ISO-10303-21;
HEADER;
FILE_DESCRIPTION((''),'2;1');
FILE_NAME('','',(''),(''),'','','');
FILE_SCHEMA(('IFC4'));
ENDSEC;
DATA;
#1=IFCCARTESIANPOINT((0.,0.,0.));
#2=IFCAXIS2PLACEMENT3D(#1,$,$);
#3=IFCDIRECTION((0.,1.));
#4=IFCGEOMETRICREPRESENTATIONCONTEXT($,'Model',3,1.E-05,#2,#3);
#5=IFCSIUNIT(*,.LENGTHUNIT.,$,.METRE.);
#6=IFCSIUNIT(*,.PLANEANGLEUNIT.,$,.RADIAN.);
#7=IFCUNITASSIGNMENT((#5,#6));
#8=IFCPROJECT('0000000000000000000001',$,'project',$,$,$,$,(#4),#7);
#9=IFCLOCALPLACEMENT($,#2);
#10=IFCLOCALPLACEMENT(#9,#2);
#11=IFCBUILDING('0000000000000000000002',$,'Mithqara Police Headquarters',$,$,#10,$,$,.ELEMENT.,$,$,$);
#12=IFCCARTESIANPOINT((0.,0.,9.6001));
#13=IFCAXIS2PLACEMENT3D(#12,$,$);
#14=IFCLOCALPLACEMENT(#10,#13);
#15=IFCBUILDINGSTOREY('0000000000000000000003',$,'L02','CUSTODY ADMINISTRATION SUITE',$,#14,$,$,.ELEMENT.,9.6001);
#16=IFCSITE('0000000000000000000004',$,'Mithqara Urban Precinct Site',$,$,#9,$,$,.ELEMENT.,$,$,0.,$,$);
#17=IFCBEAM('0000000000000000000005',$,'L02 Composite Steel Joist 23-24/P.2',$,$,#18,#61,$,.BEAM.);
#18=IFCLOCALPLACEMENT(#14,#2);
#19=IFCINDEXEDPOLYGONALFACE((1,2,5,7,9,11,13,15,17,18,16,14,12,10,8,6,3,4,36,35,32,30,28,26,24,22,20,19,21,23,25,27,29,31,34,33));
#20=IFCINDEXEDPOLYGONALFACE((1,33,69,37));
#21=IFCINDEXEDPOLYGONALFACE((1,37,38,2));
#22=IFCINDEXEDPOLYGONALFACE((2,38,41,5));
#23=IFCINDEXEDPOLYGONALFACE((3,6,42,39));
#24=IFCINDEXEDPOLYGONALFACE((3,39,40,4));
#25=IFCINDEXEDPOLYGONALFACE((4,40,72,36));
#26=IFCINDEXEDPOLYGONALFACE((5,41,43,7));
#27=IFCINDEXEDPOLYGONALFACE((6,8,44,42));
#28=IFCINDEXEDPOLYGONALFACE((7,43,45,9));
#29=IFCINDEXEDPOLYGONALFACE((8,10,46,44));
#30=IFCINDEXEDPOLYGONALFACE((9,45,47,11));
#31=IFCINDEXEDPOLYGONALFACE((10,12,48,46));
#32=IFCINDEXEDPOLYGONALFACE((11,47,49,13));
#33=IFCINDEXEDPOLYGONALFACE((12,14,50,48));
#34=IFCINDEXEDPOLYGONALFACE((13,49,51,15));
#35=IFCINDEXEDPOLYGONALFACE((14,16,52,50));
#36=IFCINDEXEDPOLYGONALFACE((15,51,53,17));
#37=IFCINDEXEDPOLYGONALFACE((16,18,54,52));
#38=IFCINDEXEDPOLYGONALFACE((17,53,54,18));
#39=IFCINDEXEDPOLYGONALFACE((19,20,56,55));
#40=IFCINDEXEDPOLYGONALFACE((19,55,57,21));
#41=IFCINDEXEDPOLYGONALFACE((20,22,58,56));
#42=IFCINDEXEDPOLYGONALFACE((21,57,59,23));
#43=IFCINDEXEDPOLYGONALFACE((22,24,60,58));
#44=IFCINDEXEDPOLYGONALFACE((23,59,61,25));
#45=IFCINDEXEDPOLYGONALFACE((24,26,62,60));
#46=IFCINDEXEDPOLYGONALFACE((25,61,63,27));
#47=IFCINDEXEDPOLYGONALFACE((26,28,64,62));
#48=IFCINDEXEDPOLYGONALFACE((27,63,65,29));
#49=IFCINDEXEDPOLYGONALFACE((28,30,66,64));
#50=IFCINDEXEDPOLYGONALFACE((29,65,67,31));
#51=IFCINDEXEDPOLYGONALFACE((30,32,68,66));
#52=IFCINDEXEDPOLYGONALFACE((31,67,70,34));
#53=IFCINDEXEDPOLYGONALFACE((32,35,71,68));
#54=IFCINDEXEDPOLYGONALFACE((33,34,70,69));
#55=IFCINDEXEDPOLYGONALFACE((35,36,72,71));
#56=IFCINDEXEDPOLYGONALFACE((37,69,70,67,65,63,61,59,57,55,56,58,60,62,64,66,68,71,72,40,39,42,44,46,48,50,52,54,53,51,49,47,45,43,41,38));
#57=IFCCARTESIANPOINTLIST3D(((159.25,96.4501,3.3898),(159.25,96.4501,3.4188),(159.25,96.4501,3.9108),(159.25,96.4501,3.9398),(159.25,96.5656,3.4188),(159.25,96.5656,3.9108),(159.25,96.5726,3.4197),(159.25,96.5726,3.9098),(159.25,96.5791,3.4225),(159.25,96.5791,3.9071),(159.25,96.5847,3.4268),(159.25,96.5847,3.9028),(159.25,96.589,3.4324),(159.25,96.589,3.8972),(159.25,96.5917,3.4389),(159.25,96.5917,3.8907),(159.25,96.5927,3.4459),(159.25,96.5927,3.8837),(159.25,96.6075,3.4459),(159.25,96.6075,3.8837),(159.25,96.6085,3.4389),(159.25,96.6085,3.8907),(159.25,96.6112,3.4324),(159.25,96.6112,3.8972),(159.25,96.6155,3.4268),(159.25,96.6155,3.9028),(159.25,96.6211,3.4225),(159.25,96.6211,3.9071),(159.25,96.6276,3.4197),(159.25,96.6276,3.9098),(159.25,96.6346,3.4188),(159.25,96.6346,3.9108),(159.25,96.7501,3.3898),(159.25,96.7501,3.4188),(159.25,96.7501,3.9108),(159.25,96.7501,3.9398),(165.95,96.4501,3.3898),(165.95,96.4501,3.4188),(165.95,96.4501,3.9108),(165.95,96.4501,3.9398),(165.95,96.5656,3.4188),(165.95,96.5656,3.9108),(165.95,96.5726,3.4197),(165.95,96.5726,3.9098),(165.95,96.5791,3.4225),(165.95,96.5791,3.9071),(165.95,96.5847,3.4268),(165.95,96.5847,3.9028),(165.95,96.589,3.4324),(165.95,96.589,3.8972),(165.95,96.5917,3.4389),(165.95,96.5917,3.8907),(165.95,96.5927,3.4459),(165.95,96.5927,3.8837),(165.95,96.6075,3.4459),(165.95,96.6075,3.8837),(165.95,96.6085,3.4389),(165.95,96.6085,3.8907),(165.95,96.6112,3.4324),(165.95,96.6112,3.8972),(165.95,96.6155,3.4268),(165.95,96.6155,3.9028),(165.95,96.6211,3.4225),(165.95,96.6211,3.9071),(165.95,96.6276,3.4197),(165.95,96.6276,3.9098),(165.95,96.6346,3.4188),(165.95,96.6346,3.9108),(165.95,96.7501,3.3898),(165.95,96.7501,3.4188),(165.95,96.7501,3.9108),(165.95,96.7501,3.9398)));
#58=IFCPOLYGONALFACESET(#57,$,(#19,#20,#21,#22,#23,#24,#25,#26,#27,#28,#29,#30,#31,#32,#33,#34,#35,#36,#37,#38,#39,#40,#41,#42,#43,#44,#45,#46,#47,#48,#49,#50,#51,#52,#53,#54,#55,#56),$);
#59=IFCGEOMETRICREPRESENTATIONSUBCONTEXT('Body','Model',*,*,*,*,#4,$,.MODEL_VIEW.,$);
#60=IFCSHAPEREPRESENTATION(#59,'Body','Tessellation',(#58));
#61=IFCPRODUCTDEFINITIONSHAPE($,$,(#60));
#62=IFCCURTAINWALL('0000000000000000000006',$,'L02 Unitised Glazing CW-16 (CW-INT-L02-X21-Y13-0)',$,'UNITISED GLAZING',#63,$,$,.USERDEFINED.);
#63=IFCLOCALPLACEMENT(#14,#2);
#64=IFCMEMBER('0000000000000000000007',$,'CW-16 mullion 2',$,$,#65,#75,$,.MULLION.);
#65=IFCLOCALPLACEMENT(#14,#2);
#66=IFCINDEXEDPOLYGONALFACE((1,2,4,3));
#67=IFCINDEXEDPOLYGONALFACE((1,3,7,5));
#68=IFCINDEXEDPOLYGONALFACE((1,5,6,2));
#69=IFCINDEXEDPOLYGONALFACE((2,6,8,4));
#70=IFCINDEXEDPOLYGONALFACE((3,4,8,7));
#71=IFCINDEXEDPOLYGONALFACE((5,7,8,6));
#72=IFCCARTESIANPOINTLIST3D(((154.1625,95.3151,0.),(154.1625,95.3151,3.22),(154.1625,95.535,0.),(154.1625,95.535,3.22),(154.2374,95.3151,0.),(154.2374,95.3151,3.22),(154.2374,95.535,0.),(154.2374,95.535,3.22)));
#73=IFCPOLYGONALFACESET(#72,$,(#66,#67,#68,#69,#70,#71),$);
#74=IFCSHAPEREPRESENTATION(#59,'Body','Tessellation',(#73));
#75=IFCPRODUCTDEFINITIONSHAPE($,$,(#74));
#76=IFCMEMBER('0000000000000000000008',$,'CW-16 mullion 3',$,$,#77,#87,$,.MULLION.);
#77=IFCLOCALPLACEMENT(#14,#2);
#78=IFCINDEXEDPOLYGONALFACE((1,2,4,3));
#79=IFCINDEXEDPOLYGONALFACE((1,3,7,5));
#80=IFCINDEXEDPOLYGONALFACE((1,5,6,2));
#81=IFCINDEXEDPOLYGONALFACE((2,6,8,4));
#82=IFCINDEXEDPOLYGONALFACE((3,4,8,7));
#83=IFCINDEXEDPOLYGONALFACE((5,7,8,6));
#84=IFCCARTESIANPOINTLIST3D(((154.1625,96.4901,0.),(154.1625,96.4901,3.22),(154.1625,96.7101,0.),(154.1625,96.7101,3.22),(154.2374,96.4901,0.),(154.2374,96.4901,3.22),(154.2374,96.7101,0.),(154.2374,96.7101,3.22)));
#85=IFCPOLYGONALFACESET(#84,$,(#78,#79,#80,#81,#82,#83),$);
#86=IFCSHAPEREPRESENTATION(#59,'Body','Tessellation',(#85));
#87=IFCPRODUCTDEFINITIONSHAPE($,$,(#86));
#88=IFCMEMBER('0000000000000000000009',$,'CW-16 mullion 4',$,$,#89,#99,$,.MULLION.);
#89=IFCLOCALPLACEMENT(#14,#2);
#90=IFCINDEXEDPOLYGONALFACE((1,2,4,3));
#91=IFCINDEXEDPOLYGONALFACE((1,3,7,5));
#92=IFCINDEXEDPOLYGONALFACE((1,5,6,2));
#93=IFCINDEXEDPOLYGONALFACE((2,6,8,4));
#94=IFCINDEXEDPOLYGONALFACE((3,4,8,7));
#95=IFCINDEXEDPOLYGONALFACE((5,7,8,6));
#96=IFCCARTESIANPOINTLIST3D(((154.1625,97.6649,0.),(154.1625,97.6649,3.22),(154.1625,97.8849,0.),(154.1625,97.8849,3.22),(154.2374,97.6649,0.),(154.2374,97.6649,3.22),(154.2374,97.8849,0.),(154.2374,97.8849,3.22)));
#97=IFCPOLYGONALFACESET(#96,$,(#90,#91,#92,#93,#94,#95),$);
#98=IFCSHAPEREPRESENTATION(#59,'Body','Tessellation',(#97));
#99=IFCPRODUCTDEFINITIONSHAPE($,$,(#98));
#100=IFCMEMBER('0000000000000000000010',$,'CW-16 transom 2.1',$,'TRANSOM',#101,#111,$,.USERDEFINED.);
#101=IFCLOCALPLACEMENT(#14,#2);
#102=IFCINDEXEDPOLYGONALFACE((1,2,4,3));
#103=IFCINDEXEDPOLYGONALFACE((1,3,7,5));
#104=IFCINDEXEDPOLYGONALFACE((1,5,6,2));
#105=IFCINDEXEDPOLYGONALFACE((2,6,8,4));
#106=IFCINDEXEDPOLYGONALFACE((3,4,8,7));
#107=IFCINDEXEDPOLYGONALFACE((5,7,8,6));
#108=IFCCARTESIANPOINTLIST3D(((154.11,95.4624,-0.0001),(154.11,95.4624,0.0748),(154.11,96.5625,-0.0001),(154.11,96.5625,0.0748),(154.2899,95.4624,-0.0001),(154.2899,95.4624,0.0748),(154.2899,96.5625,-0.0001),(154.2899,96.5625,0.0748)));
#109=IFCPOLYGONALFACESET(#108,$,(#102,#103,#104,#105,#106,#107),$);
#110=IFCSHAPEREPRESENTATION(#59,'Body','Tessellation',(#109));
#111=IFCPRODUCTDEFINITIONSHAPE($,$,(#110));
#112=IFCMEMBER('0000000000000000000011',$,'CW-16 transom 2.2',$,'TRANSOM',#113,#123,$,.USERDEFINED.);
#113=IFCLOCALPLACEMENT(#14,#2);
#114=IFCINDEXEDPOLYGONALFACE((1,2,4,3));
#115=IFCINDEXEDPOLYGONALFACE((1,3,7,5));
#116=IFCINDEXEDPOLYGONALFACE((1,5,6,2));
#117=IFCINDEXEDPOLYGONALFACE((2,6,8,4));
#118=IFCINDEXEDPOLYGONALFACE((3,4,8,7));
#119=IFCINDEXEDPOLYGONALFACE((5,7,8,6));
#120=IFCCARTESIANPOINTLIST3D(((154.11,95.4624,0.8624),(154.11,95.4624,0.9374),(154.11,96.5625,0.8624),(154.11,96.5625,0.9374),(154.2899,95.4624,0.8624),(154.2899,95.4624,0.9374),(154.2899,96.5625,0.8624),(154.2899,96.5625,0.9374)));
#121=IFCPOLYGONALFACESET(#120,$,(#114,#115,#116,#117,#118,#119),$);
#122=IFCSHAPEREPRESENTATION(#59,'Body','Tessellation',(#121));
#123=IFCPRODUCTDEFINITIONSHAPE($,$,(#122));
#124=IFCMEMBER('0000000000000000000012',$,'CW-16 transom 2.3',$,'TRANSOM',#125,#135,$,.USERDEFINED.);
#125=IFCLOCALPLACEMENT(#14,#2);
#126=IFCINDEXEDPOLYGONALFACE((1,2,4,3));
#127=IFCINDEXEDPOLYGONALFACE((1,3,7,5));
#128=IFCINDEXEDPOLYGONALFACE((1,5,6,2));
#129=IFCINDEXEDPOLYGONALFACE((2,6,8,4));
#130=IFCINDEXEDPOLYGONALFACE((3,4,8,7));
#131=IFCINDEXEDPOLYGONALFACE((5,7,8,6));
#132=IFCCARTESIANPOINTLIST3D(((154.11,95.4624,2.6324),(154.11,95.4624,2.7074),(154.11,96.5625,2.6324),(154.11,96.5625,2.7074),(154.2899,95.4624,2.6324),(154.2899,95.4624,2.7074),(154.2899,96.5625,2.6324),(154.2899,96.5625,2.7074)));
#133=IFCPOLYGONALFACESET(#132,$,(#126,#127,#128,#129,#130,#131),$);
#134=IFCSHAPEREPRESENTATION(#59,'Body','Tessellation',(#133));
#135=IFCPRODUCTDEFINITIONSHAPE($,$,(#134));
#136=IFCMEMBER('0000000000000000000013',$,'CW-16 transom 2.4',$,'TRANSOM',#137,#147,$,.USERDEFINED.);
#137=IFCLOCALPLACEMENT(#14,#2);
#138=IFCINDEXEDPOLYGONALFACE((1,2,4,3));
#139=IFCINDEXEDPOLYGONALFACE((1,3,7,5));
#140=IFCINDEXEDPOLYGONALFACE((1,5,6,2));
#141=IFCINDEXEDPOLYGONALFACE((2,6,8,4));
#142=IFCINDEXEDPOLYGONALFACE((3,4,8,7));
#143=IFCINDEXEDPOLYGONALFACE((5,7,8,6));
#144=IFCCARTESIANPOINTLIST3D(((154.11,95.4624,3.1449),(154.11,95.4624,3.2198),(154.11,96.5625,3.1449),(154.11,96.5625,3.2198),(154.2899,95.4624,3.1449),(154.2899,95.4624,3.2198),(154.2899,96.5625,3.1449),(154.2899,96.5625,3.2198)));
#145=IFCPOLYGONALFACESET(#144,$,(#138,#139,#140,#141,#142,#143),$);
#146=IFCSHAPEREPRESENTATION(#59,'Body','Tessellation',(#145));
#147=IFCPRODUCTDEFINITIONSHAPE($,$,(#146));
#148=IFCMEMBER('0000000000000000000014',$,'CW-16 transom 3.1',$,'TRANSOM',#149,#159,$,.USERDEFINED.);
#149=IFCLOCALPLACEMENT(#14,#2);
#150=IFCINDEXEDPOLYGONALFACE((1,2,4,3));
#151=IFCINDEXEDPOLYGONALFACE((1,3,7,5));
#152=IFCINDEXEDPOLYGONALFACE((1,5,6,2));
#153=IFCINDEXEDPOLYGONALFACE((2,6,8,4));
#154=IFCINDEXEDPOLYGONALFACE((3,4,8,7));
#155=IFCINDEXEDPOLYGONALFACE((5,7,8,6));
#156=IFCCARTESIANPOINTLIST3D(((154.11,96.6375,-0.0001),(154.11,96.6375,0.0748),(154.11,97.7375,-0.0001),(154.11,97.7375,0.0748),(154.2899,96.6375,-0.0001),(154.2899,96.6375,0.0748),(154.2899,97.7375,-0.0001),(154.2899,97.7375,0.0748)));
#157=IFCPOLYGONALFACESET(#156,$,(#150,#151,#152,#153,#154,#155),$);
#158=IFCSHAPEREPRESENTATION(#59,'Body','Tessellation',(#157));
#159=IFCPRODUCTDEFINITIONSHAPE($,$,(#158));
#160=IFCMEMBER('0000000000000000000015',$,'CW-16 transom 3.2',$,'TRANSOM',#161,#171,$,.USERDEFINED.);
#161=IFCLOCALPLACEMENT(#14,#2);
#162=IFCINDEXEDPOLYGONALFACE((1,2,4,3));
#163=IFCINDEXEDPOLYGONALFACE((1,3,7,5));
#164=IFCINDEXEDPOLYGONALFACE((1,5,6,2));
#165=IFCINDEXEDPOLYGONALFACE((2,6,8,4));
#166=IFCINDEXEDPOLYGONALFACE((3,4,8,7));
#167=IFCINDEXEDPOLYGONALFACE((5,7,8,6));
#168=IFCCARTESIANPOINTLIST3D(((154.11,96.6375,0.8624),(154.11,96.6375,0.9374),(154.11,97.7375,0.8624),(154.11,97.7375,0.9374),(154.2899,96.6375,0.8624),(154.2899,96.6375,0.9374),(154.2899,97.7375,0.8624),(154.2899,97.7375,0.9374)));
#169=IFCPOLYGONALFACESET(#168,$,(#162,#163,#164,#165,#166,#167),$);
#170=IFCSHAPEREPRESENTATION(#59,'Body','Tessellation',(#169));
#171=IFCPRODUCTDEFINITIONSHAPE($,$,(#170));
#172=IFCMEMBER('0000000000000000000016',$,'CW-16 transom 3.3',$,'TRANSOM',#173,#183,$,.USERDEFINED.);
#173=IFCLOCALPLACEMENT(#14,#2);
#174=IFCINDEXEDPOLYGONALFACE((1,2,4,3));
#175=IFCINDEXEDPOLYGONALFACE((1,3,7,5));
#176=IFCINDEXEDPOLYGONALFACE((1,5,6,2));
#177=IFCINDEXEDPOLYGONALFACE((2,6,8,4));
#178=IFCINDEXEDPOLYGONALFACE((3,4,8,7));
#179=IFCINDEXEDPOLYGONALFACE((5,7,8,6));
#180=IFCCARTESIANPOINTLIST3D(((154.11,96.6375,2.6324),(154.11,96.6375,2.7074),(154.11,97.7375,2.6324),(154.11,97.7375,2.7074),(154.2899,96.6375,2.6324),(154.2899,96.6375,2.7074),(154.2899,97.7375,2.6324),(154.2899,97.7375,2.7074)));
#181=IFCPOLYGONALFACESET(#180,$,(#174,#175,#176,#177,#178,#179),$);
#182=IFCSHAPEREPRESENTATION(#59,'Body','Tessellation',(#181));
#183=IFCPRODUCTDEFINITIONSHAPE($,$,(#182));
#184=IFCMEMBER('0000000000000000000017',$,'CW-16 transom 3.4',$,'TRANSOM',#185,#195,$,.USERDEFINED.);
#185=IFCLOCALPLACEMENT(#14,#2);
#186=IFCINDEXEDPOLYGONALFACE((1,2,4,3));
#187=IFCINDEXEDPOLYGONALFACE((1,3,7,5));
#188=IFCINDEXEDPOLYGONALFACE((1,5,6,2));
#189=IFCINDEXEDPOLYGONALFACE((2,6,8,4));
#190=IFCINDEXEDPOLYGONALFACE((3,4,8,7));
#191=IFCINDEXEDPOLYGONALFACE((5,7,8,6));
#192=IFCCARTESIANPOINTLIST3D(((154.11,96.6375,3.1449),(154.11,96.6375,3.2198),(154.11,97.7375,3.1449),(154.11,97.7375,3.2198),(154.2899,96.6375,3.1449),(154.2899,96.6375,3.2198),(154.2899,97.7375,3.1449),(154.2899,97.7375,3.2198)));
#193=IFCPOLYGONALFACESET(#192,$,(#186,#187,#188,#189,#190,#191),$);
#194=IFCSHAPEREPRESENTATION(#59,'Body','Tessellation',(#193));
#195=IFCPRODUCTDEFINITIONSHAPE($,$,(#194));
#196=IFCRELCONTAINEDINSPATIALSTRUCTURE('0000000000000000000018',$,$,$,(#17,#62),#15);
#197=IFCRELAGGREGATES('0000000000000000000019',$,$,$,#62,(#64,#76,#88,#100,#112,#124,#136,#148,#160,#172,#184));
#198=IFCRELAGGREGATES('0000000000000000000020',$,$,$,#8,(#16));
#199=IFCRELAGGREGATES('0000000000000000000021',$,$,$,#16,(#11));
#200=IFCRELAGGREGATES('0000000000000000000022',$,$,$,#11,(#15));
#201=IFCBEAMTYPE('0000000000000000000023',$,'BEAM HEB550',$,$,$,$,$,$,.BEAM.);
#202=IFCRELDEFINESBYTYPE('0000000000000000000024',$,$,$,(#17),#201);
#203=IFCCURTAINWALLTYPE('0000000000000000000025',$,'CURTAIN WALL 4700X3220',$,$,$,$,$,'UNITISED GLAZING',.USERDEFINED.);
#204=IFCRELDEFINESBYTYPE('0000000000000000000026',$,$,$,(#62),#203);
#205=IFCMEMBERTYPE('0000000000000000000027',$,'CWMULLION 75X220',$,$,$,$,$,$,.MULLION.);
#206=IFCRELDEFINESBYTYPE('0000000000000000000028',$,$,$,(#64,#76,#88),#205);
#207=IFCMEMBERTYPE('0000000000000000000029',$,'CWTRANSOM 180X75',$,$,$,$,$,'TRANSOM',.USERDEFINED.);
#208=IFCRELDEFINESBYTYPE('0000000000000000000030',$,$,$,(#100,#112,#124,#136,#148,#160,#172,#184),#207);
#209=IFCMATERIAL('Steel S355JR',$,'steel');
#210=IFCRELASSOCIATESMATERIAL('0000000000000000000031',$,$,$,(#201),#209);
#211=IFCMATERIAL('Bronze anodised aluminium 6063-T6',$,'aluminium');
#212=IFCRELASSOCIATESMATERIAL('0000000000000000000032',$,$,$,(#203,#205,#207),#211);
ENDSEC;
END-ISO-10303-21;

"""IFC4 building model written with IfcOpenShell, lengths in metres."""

from ifc_helpers import new_model, si_unit, direction, frame, origin, origin_2d, place, context, subcontext, project, spatial, rectangle, i_section, extrude, material, material_profile, profile_set, type_object, element, aggregate, save


model = new_model("IFC4")

# Units and contexts
model_context = context("Model", 3, precision=1e-05, world=origin(), true_north=direction((0.0, 1.0)))
body_context = subcontext(model_context, "Body", "Model", "MODEL_VIEW")
ifc_project = project(units=[si_unit("LENGTHUNIT", "METRE"), si_unit("PLANEANGLEUNIT", "RADIAN")], contexts=[model_context])

# Site, building, storey
site_placement = place(None, origin())
site = spatial("IfcSite", under=ifc_project, at=site_placement, Name="Mithqara Urban Precinct Site", CompositionType="ELEMENT", RefElevation=0.0)
building_placement = place(site_placement, origin())
building = spatial("IfcBuilding", under=site, at=building_placement, Name="Mithqara Police Headquarters", CompositionType="ELEMENT")
storey_placement = place(building_placement, frame((0.0, 0.0, 9.6001)))
storey = spatial("IfcBuildingStorey", under=building, at=storey_placement, Name="L02", Description="CUSTODY ADMINISTRATION SUITE", CompositionType="ELEMENT", Elevation=9.6001)

# Beam
ifc_material_1 = material(Name="Steel S355JR", Category="steel")
ifc_material_profile_1 = material_profile(ifc_material_1, i_section(OverallWidth=0.3, OverallDepth=0.55, WebThickness=0.0149, FlangeThickness=0.0291, FilletRadius=0.0271, at=origin_2d()), Name="HEB 550")
ifc_profile_set_1 = profile_set([ifc_material_profile_1], Name="Steel S355JR")
beam_type = type_object("IfcBeamType", Name="BEAM HEB550", PredefinedType="BEAM", material=ifc_profile_set_1)
beam_placement = place(storey_placement, frame((159.25, 96.6001, 3.6648), z_axis=(1.0, 0.0, 0.0), x_axis=(0.0, 1.0, 0.0)))
element("IfcBeam", 1, at=beam_placement, inside=storey, type_object=beam_type, Name="L02 Composite Steel Joist 23-24/P.2", PredefinedType="BEAM", context=body_context, shape_type="SweptSolid", body=[
    extrude(i_section(OverallWidth=0.3, OverallDepth=0.55, WebThickness=0.0149, FlangeThickness=0.0291, FilletRadius=0.0271, at=origin_2d()), origin(), (0.0, 0.0, 1.0), 6.7),
])

# Curtain wall, members
ifc_material_2 = material(Name="Bronze anodised aluminium 6063-T6", Category="aluminium")
curtain_wall_type = type_object("IfcCurtainWallType", Name="CURTAIN WALL 4700X3220", ElementType="UNITISED GLAZING", PredefinedType="USERDEFINED", material=ifc_material_2)
curtain_wall_placement = place(storey_placement, origin())
curtain_wall = element("IfcCurtainWall", 2, at=curtain_wall_placement, inside=storey, type_object=curtain_wall_type, Name="L02 Unitised Glazing CW-16 (CW-INT-L02-X21-Y13-0)", ObjectType="UNITISED GLAZING", PredefinedType="USERDEFINED")
ifc_material_profile_2 = material_profile(ifc_material_2, rectangle(XDim=0.075, YDim=0.22, at=origin_2d()), Name="CWM 75x220")
ifc_profile_set_2 = profile_set([ifc_material_profile_2], Name="Bronze anodised aluminium 6063-T6")
member_type_1 = type_object("IfcMemberType", Name="CWMULLION 75X220", PredefinedType="MULLION", material=ifc_profile_set_2)
member_1_placement = place(storey_placement, frame((154.2, 95.425, 0.0), z_axis=(0.0, 0.0, 1.0), x_axis=(-1.0, 0.0, 0.0)))
member_1 = element("IfcMember", 3, at=member_1_placement, type_object=member_type_1, Name="CW-16 mullion 2", PredefinedType="MULLION", context=body_context, shape_type="SweptSolid", body=[
    extrude(rectangle(XDim=0.075, YDim=0.22, at=origin_2d()), origin(), (0.0, 0.0, 1.0), 3.22),
])
member_2_placement = place(storey_placement, frame((154.2, 96.6001, 0.0), z_axis=(0.0, 0.0, 1.0), x_axis=(-1.0, 0.0, 0.0)))
member_2 = element("IfcMember", 4, at=member_2_placement, type_object=member_type_1, Name="CW-16 mullion 3", PredefinedType="MULLION", context=body_context, shape_type="SweptSolid", body=[
    extrude(rectangle(XDim=0.075, YDim=0.22, at=origin_2d()), origin(), (0.0, 0.0, 1.0), 3.22),
])
member_3_placement = place(storey_placement, frame((154.2, 97.7749, 0.0), z_axis=(0.0, 0.0, 1.0), x_axis=(-1.0, 0.0, 0.0)))
member_3 = element("IfcMember", 5, at=member_3_placement, type_object=member_type_1, Name="CW-16 mullion 4", PredefinedType="MULLION", context=body_context, shape_type="SweptSolid", body=[
    extrude(rectangle(XDim=0.075, YDim=0.22, at=origin_2d()), origin(), (0.0, 0.0, 1.0), 3.22),
])
ifc_material_profile_3 = material_profile(ifc_material_2, rectangle(XDim=0.1799, YDim=0.075, at=origin_2d()), Name="CWT 180x75")
ifc_profile_set_3 = profile_set([ifc_material_profile_3], Name="Bronze anodised aluminium 6063-T6")
member_type_2 = type_object("IfcMemberType", Name="CWTRANSOM 180X75", ElementType="TRANSOM", PredefinedType="USERDEFINED", material=ifc_profile_set_3)
member_4_placement = place(storey_placement, frame((154.2, 95.4624, 0.0374), z_axis=(0.0, 1.0, 0.0), x_axis=(-1.0, 0.0, 0.0)))
member_4 = element("IfcMember", 6, at=member_4_placement, type_object=member_type_2, Name="CW-16 transom 2.1", ObjectType="TRANSOM", PredefinedType="USERDEFINED", context=body_context, shape_type="SweptSolid", body=[
    extrude(rectangle(XDim=0.1799, YDim=0.075, at=origin_2d()), origin(), (0.0, 0.0, 1.0), 1.1001),
])
member_5_placement = place(storey_placement, frame((154.2, 95.4624, 0.8999), z_axis=(0.0, 1.0, 0.0), x_axis=(-1.0, 0.0, 0.0)))
member_5 = element("IfcMember", 7, at=member_5_placement, type_object=member_type_2, Name="CW-16 transom 2.2", ObjectType="TRANSOM", PredefinedType="USERDEFINED", context=body_context, shape_type="SweptSolid", body=[
    extrude(rectangle(XDim=0.1799, YDim=0.075, at=origin_2d()), origin(), (0.0, 0.0, 1.0), 1.1001),
])
member_6_placement = place(storey_placement, frame((154.2, 95.4624, 2.6699), z_axis=(0.0, 1.0, 0.0), x_axis=(-1.0, 0.0, 0.0)))
member_6 = element("IfcMember", 8, at=member_6_placement, type_object=member_type_2, Name="CW-16 transom 2.3", ObjectType="TRANSOM", PredefinedType="USERDEFINED", context=body_context, shape_type="SweptSolid", body=[
    extrude(rectangle(XDim=0.1799, YDim=0.075, at=origin_2d()), origin(), (0.0, 0.0, 1.0), 1.1001),
])
member_7_placement = place(storey_placement, frame((154.2, 95.4624, 3.1824), z_axis=(0.0, 1.0, 0.0), x_axis=(-1.0, 0.0, 0.0)))
member_7 = element("IfcMember", 9, at=member_7_placement, type_object=member_type_2, Name="CW-16 transom 2.4", ObjectType="TRANSOM", PredefinedType="USERDEFINED", context=body_context, shape_type="SweptSolid", body=[
    extrude(rectangle(XDim=0.1799, YDim=0.075, at=origin_2d()), origin(), (0.0, 0.0, 1.0), 1.1001),
])
member_8_placement = place(storey_placement, frame((154.2, 96.6375, 0.0374), z_axis=(0.0, 1.0, 0.0), x_axis=(-1.0, 0.0, 0.0)))
member_8 = element("IfcMember", 10, at=member_8_placement, type_object=member_type_2, Name="CW-16 transom 3.1", ObjectType="TRANSOM", PredefinedType="USERDEFINED", context=body_context, shape_type="SweptSolid", body=[
    extrude(rectangle(XDim=0.1799, YDim=0.075, at=origin_2d()), origin(), (0.0, 0.0, 1.0), 1.1001),
])
member_9_placement = place(storey_placement, frame((154.2, 96.6375, 0.8999), z_axis=(0.0, 1.0, 0.0), x_axis=(-1.0, 0.0, 0.0)))
member_9 = element("IfcMember", 11, at=member_9_placement, type_object=member_type_2, Name="CW-16 transom 3.2", ObjectType="TRANSOM", PredefinedType="USERDEFINED", context=body_context, shape_type="SweptSolid", body=[
    extrude(rectangle(XDim=0.1799, YDim=0.075, at=origin_2d()), origin(), (0.0, 0.0, 1.0), 1.1001),
])
member_10_placement = place(storey_placement, frame((154.2, 96.6375, 2.6699), z_axis=(0.0, 1.0, 0.0), x_axis=(-1.0, 0.0, 0.0)))
member_10 = element("IfcMember", 12, at=member_10_placement, type_object=member_type_2, Name="CW-16 transom 3.3", ObjectType="TRANSOM", PredefinedType="USERDEFINED", context=body_context, shape_type="SweptSolid", body=[
    extrude(rectangle(XDim=0.1799, YDim=0.075, at=origin_2d()), origin(), (0.0, 0.0, 1.0), 1.1001),
])
member_11_placement = place(storey_placement, frame((154.2, 96.6375, 3.1824), z_axis=(0.0, 1.0, 0.0), x_axis=(-1.0, 0.0, 0.0)))
member_11 = element("IfcMember", 13, at=member_11_placement, type_object=member_type_2, Name="CW-16 transom 3.4", ObjectType="TRANSOM", PredefinedType="USERDEFINED", context=body_context, shape_type="SweptSolid", body=[
    extrude(rectangle(XDim=0.1799, YDim=0.075, at=origin_2d()), origin(), (0.0, 0.0, 1.0), 1.1001),
])
aggregate(curtain_wall, [member_1, member_2, member_3, member_4, member_5, member_6, member_7, member_8, member_9, member_10, member_11])

save(model, "model.ifc")
